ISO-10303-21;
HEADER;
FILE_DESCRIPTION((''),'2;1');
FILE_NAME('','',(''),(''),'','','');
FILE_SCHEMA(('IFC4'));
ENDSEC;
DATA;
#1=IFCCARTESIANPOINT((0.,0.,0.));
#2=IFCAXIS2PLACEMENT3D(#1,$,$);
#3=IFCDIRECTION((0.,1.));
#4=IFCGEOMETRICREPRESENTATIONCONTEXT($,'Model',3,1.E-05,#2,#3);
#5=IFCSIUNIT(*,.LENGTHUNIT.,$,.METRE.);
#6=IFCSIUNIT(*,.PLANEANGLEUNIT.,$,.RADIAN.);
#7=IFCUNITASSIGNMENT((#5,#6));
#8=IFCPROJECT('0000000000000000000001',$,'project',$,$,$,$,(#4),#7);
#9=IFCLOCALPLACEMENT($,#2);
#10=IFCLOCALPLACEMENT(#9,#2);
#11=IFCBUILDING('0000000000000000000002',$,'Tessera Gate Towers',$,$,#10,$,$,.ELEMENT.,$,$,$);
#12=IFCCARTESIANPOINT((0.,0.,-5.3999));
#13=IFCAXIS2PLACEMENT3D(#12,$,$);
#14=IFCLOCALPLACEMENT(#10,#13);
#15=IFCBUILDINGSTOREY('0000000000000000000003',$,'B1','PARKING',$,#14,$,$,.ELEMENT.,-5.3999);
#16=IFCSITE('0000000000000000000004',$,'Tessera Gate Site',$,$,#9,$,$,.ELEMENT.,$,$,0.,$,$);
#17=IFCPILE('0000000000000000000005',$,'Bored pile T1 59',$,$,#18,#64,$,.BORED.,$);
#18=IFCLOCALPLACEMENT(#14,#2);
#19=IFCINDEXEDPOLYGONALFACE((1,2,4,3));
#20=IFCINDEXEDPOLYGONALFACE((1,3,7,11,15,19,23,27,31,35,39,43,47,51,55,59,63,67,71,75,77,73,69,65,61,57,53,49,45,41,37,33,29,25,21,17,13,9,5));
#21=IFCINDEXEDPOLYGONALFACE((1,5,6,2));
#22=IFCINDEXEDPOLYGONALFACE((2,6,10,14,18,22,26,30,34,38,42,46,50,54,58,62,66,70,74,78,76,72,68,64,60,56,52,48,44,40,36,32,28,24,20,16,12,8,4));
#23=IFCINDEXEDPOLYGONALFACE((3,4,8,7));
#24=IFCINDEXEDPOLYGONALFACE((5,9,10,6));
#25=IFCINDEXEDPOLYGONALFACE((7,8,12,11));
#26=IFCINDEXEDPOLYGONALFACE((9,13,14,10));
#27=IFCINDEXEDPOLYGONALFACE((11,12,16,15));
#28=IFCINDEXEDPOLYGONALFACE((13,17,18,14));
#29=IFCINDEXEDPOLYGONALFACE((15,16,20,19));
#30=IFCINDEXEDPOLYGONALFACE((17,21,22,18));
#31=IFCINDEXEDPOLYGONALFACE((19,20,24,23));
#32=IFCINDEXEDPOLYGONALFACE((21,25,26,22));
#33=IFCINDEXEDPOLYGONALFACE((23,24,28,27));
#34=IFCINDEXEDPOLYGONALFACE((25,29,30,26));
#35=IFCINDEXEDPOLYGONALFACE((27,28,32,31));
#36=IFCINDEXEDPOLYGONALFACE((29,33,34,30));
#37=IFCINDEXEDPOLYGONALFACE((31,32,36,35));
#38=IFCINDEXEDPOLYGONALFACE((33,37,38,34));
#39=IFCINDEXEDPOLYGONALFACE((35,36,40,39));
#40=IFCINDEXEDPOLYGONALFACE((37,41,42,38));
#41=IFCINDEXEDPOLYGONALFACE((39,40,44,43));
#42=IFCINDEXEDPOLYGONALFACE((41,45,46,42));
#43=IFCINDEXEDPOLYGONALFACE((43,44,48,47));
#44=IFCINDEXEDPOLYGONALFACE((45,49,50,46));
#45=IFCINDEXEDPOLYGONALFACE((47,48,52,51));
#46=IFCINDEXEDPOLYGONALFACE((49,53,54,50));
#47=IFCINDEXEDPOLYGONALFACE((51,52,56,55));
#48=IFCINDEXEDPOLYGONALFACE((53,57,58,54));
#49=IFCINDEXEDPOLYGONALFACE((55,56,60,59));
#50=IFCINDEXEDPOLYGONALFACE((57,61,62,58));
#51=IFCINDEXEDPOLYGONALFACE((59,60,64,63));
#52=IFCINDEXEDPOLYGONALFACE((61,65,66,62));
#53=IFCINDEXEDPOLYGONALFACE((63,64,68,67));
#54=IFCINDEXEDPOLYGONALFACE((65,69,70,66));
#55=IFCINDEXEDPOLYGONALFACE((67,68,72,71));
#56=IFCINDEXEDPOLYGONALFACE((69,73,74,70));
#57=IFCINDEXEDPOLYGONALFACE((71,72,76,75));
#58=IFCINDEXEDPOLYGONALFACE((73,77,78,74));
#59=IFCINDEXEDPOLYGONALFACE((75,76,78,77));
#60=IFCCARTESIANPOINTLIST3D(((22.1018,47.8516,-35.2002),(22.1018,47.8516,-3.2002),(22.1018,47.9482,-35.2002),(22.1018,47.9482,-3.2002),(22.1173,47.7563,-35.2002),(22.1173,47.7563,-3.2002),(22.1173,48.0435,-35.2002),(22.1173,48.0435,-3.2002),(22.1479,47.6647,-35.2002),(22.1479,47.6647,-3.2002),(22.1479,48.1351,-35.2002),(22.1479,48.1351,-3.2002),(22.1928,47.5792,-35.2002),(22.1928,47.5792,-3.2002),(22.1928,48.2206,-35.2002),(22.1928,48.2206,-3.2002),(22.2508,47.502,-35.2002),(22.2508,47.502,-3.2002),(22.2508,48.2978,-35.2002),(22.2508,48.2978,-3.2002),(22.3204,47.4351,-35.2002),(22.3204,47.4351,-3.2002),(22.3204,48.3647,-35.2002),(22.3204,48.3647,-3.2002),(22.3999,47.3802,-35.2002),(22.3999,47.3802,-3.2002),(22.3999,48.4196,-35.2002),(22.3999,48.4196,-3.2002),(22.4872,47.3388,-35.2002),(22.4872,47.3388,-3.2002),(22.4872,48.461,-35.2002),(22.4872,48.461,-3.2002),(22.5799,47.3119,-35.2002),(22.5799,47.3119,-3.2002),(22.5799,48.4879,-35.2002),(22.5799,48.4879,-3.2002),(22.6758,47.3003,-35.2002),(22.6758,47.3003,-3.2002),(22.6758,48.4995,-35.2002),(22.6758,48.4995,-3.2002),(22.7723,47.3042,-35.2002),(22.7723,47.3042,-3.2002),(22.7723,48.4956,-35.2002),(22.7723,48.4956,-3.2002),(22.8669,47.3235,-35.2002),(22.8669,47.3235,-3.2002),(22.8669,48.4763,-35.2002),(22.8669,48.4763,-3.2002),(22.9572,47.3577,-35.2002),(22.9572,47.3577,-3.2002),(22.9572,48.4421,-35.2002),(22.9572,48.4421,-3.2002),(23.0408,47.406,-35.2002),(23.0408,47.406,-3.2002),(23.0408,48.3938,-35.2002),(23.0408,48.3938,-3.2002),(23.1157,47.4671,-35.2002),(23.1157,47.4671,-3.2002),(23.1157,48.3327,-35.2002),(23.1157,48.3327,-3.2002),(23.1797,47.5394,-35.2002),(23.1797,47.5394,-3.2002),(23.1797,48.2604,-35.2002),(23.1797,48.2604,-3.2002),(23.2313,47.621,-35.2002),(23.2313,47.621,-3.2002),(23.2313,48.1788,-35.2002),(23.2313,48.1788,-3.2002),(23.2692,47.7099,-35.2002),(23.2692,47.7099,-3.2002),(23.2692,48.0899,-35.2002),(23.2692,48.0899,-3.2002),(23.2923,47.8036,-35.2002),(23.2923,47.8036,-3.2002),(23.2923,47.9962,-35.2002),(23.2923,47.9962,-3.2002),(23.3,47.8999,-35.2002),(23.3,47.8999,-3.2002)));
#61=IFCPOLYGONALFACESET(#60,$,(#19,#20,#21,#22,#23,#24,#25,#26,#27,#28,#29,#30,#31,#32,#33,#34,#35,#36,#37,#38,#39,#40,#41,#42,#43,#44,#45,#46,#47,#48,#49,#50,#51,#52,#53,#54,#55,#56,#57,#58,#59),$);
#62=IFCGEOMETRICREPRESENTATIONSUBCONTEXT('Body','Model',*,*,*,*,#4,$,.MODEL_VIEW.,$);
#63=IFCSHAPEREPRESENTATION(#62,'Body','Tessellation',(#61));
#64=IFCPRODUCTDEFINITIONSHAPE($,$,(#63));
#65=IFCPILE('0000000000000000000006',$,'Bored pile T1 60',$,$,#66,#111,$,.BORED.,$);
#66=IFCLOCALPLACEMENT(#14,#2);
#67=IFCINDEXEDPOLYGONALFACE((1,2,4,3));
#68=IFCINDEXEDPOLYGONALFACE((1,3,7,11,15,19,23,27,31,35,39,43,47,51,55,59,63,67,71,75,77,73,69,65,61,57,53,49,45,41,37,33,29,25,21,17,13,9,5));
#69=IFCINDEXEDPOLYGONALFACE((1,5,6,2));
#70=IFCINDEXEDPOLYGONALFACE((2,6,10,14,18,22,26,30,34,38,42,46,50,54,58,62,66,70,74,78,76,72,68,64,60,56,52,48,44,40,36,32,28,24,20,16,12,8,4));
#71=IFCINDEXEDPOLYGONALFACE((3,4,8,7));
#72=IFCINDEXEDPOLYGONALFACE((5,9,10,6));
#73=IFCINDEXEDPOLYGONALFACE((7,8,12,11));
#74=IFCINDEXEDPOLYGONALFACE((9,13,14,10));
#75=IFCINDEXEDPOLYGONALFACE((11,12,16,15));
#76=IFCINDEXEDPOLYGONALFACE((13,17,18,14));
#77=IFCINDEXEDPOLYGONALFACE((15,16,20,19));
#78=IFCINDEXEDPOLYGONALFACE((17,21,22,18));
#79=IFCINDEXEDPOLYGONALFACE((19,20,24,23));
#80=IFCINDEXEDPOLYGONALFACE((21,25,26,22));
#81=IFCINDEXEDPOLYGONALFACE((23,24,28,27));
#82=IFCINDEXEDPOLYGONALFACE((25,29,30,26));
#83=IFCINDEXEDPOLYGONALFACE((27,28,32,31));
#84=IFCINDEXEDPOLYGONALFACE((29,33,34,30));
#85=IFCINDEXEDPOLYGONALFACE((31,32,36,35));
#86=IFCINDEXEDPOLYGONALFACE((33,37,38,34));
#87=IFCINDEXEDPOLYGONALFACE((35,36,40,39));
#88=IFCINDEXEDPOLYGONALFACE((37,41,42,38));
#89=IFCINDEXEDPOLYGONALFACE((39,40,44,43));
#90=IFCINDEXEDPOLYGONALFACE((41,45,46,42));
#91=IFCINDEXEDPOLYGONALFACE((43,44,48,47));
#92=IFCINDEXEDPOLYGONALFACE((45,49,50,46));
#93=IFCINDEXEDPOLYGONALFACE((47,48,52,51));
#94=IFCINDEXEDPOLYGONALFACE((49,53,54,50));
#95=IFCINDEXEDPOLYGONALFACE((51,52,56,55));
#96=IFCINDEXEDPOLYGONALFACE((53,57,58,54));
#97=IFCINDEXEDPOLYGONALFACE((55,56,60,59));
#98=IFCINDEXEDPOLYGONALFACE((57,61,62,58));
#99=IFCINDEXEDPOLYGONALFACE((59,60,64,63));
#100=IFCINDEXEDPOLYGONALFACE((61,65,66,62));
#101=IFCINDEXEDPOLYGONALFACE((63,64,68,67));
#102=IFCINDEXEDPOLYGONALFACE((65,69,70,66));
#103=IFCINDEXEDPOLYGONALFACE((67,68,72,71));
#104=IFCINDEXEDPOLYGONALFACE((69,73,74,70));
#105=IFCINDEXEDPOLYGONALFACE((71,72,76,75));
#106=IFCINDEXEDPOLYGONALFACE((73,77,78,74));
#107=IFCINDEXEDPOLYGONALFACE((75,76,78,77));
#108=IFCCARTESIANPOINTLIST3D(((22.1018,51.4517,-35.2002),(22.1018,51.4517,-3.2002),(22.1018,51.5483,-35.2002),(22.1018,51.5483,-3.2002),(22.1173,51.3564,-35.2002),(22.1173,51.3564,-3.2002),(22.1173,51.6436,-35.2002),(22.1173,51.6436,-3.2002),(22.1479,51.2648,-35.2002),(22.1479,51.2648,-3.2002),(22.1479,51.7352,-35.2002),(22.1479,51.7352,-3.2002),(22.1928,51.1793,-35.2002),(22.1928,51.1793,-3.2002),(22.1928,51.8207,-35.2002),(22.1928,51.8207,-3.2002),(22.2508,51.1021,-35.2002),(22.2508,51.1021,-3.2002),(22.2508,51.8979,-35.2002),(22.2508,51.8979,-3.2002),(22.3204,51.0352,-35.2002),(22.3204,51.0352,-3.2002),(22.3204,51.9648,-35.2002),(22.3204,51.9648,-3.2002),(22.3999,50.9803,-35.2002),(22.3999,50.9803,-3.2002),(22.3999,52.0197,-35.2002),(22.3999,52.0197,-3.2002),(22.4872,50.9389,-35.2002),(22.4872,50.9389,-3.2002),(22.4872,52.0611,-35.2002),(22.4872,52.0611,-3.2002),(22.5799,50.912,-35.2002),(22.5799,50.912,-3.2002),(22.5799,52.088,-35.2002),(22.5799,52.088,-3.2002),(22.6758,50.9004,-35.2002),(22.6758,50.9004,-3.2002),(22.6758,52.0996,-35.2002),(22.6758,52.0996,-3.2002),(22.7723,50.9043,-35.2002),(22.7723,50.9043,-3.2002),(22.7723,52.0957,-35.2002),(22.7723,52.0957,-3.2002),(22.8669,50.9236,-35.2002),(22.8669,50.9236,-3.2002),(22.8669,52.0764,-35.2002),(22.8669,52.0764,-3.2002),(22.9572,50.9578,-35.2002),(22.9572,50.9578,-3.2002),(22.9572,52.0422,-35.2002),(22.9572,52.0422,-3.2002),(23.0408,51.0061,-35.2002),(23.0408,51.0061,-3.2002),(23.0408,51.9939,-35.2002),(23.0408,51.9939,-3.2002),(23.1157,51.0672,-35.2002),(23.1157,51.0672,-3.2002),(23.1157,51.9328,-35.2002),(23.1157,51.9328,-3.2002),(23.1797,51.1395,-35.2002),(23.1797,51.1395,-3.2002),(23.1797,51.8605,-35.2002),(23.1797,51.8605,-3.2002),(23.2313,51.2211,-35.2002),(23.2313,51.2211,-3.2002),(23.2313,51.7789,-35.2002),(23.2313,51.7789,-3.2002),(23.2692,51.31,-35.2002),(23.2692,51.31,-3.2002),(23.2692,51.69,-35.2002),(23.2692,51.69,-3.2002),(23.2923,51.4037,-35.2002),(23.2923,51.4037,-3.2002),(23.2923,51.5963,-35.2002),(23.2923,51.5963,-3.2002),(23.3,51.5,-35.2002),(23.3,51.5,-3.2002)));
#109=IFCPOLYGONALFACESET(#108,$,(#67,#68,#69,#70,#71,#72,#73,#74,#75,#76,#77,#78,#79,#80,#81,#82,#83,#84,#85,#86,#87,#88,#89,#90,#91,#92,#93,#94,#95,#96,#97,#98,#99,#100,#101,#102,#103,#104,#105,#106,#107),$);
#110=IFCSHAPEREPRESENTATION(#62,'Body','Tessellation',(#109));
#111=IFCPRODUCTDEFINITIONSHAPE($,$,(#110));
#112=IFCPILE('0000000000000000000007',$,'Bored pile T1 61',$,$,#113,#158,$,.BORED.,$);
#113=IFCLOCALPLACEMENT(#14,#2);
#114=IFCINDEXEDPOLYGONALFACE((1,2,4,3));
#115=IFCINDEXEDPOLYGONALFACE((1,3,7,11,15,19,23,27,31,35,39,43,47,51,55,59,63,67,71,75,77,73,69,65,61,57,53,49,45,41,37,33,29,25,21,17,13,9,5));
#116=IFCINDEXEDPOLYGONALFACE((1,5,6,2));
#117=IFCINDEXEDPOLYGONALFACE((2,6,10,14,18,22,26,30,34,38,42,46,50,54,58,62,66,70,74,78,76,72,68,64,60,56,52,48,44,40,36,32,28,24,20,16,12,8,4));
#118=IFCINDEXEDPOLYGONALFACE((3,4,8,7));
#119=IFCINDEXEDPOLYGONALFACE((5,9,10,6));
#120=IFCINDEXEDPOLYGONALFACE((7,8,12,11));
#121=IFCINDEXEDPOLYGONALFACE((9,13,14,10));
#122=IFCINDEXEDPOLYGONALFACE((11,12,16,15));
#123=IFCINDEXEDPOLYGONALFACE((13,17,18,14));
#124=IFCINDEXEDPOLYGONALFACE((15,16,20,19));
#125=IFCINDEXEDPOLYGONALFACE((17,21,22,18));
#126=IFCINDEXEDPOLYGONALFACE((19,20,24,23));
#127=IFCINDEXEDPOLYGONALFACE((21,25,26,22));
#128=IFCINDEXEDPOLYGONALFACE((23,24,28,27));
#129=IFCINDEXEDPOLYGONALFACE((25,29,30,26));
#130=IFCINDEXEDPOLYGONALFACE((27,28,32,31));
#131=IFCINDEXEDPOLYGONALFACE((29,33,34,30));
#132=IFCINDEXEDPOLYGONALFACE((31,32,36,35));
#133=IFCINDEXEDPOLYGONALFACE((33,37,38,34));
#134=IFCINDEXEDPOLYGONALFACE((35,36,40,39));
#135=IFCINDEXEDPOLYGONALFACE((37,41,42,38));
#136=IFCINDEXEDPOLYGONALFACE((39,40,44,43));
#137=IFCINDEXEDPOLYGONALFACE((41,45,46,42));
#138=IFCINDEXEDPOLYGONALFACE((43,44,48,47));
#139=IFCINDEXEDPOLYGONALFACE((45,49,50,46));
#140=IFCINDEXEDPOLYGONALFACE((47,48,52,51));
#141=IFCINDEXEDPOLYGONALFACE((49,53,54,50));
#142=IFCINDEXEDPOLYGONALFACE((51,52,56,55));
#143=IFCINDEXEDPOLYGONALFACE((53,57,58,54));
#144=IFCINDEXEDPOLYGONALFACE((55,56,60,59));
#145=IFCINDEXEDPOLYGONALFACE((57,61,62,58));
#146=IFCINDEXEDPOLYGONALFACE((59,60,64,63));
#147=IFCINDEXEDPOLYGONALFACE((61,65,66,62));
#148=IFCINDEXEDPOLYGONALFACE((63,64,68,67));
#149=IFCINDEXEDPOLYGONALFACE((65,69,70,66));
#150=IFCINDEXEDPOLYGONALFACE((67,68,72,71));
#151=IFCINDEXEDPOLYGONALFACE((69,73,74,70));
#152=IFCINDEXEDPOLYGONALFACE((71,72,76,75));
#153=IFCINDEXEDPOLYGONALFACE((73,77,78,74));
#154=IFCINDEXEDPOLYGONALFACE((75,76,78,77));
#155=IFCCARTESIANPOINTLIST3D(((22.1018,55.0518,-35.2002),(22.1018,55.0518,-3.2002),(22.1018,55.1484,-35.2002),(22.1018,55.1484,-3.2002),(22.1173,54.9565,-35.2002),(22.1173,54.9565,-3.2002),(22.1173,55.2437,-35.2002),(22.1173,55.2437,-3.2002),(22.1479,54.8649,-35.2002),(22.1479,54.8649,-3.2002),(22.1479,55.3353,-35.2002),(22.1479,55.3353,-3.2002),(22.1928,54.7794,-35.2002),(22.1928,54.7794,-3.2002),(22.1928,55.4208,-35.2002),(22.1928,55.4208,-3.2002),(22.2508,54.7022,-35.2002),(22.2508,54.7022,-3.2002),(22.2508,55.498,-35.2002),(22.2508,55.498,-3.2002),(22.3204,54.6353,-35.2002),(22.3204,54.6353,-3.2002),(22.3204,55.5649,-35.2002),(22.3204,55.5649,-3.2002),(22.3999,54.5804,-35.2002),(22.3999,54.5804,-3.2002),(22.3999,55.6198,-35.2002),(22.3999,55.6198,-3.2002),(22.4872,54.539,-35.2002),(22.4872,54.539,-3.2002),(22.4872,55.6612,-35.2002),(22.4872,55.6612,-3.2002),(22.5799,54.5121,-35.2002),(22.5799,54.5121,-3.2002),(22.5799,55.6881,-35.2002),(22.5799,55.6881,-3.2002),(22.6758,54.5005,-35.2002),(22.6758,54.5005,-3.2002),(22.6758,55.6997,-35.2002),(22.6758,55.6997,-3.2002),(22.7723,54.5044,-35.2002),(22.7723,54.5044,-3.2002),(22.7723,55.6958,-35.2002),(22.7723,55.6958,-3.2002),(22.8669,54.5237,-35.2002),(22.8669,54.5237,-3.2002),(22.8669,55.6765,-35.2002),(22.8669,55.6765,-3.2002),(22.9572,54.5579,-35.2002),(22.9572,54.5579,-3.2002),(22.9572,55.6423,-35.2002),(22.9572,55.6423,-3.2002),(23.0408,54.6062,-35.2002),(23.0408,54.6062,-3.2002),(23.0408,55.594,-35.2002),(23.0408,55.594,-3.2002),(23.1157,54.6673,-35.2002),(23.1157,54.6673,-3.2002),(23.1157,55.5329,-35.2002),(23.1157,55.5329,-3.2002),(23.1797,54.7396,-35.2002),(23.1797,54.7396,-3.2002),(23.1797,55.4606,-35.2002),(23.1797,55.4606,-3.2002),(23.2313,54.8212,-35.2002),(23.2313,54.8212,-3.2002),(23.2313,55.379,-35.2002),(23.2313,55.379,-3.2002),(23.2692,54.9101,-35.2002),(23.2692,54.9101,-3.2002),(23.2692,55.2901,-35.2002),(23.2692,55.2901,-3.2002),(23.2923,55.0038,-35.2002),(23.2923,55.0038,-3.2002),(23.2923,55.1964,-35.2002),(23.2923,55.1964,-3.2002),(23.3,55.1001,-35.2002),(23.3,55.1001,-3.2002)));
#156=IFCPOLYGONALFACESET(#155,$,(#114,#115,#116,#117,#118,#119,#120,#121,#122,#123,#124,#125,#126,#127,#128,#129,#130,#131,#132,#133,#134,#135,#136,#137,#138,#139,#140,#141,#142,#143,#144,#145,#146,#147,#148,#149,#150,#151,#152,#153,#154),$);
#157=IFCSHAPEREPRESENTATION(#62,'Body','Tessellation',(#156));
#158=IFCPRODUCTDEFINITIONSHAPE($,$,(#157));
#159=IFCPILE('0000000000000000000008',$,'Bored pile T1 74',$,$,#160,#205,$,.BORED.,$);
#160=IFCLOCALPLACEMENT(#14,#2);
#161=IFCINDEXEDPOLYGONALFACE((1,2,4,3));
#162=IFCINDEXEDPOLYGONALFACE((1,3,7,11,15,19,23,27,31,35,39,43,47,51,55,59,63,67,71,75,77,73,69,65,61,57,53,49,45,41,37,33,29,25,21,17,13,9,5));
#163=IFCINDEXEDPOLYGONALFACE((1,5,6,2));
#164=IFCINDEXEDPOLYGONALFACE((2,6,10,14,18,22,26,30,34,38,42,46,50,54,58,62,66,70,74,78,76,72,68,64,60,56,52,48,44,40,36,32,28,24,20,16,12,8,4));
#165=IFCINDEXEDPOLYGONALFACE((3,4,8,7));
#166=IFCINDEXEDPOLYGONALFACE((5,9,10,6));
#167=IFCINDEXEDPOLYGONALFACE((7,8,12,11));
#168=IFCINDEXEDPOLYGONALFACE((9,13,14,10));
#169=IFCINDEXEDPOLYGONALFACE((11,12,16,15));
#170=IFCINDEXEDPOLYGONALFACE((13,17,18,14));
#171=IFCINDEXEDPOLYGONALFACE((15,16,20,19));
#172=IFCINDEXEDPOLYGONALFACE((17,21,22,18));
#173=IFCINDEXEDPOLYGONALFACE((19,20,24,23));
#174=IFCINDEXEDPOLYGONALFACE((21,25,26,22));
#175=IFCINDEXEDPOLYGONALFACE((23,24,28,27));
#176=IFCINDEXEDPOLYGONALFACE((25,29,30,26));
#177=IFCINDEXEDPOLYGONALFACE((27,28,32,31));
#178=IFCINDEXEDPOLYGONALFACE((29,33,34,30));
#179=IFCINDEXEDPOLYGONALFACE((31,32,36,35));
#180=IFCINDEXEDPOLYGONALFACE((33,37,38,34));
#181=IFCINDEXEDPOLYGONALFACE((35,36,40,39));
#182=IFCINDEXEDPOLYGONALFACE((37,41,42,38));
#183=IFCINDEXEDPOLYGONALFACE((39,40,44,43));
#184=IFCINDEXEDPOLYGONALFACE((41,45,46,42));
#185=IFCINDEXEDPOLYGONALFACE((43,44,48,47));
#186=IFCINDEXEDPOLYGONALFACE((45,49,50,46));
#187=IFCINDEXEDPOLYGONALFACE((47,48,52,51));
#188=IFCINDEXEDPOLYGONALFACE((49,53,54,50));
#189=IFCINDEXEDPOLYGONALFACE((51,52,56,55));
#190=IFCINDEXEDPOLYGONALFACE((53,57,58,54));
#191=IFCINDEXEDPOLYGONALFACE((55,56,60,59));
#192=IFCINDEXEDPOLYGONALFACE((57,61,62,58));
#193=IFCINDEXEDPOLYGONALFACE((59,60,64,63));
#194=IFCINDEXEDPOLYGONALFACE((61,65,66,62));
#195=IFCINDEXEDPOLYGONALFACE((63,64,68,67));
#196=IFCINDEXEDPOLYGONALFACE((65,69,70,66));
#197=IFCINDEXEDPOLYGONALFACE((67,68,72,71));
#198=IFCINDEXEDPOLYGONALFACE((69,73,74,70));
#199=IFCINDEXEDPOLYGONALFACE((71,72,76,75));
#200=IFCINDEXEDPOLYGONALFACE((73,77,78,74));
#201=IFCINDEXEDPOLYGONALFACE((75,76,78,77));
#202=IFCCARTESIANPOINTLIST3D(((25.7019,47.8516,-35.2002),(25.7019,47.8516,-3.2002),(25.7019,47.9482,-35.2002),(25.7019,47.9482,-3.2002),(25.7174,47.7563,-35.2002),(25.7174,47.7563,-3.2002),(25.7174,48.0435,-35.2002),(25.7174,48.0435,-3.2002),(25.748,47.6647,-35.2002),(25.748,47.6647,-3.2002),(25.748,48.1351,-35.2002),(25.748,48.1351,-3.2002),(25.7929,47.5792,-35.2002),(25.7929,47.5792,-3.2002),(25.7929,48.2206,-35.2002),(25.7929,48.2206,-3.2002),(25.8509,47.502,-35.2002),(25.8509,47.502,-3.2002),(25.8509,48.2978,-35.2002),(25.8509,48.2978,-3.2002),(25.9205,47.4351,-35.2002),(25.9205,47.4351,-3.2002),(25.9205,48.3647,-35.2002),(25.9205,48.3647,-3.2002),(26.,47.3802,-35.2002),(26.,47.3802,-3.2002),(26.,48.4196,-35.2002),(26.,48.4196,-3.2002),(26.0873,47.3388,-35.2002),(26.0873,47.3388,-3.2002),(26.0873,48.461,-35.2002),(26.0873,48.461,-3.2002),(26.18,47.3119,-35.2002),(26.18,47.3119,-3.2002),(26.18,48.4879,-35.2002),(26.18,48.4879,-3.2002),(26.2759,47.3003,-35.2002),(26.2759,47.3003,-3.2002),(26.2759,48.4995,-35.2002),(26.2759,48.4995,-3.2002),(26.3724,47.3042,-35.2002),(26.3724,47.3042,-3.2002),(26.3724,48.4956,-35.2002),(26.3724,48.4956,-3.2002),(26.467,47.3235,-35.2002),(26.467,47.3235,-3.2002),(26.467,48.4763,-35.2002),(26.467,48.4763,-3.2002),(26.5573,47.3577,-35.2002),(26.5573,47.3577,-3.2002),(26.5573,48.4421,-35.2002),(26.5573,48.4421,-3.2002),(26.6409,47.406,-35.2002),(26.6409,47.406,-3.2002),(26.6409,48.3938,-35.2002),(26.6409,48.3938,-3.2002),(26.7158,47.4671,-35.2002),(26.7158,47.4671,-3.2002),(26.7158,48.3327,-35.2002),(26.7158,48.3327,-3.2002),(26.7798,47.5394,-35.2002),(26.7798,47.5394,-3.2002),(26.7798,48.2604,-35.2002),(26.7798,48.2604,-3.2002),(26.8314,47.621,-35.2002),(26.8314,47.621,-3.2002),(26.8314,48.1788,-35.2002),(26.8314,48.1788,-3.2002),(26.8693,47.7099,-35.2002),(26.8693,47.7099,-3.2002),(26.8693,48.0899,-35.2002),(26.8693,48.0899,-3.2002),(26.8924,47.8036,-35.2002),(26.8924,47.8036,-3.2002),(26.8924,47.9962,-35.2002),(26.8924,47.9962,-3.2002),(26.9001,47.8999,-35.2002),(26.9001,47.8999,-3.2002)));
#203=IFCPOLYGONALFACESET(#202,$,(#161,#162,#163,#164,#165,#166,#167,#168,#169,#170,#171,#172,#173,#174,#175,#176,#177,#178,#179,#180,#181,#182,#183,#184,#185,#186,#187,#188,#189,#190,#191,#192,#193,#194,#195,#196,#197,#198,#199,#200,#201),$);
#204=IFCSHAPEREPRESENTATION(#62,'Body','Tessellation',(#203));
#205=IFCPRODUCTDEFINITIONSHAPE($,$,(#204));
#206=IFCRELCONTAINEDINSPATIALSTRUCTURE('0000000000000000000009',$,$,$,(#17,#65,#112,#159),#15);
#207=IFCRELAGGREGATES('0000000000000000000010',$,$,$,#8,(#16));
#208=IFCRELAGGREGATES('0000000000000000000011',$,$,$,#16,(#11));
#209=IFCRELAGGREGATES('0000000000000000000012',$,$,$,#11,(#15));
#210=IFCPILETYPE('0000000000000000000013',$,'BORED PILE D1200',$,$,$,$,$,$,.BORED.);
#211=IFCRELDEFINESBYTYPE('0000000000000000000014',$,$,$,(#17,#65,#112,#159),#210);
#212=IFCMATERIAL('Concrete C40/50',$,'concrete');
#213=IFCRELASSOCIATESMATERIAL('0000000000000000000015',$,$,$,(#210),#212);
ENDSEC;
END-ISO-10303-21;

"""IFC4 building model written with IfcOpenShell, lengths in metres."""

from ifc_helpers import new_model, si_unit, direction, frame, origin, origin_2d, place, context, subcontext, project, spatial, circle, extrude, material, material_profile, profile_set, type_object, element, save


model = new_model("IFC4")

# Units and contexts
model_context = context("Model", 3, precision=1e-05, world=origin(), true_north=direction((0.0, 1.0)))
body_context = subcontext(model_context, "Body", "Model", "MODEL_VIEW")
ifc_project = project(units=[si_unit("LENGTHUNIT", "METRE"), si_unit("PLANEANGLEUNIT", "RADIAN")], contexts=[model_context])

# Site, building, storey
site_placement = place(None, origin())
site = spatial("IfcSite", under=ifc_project, at=site_placement, Name="Tessera Gate Site", CompositionType="ELEMENT", RefElevation=0.0)
building_placement = place(site_placement, origin())
building = spatial("IfcBuilding", under=site, at=building_placement, Name="Tessera Gate Towers", CompositionType="ELEMENT")
storey_placement = place(building_placement, frame((0.0, 0.0, -5.3999)))
storey = spatial("IfcBuildingStorey", under=building, at=storey_placement, Name="B1", Description="PARKING", CompositionType="ELEMENT", Elevation=-5.3999)

# Piles
ifc_material_1 = material(Name="Concrete C40/50", Category="concrete")
ifc_material_profile_1 = material_profile(ifc_material_1, circle(Radius=0.6001, at=origin_2d()), Name="BORED PILE D1200")
ifc_profile_set_1 = profile_set([ifc_material_profile_1], Name="Concrete C40/50")
pile_type = type_object("IfcPileType", Name="BORED PILE D1200", PredefinedType="BORED", material=ifc_profile_set_1)
for number, where, z_axis, x_axis, name in (
    (1, (22.7, 47.8999, -3.2002), (0.0, 0.0, -1.0), (1.0, 0.0, 0.0), "Bored pile T1 59"),
    (2, (22.7, 51.5, -3.2002), (0.0, 0.0, -1.0), (1.0, 0.0, 0.0), "Bored pile T1 60"),
    (3, (22.7, 55.1001, -3.2002), (0.0, 0.0, -1.0), (1.0, 0.0, 0.0), "Bored pile T1 61"),
    (4, (26.3, 47.8999, -3.2002), (0.0, 0.0, -1.0), (1.0, 0.0, 0.0), "Bored pile T1 74"),
):
    element("IfcPile", number, at=place(storey_placement, frame(where, z_axis=z_axis, x_axis=x_axis)), inside=storey, type_object=pile_type, Name=name, PredefinedType="BORED", context=body_context, shape_type="SweptSolid", body=[
        extrude(circle(Radius=0.6001, at=origin_2d()), origin(), (0.0, 0.0, 1.0), 32.0),
    ])

save(model, "model.ifc")
